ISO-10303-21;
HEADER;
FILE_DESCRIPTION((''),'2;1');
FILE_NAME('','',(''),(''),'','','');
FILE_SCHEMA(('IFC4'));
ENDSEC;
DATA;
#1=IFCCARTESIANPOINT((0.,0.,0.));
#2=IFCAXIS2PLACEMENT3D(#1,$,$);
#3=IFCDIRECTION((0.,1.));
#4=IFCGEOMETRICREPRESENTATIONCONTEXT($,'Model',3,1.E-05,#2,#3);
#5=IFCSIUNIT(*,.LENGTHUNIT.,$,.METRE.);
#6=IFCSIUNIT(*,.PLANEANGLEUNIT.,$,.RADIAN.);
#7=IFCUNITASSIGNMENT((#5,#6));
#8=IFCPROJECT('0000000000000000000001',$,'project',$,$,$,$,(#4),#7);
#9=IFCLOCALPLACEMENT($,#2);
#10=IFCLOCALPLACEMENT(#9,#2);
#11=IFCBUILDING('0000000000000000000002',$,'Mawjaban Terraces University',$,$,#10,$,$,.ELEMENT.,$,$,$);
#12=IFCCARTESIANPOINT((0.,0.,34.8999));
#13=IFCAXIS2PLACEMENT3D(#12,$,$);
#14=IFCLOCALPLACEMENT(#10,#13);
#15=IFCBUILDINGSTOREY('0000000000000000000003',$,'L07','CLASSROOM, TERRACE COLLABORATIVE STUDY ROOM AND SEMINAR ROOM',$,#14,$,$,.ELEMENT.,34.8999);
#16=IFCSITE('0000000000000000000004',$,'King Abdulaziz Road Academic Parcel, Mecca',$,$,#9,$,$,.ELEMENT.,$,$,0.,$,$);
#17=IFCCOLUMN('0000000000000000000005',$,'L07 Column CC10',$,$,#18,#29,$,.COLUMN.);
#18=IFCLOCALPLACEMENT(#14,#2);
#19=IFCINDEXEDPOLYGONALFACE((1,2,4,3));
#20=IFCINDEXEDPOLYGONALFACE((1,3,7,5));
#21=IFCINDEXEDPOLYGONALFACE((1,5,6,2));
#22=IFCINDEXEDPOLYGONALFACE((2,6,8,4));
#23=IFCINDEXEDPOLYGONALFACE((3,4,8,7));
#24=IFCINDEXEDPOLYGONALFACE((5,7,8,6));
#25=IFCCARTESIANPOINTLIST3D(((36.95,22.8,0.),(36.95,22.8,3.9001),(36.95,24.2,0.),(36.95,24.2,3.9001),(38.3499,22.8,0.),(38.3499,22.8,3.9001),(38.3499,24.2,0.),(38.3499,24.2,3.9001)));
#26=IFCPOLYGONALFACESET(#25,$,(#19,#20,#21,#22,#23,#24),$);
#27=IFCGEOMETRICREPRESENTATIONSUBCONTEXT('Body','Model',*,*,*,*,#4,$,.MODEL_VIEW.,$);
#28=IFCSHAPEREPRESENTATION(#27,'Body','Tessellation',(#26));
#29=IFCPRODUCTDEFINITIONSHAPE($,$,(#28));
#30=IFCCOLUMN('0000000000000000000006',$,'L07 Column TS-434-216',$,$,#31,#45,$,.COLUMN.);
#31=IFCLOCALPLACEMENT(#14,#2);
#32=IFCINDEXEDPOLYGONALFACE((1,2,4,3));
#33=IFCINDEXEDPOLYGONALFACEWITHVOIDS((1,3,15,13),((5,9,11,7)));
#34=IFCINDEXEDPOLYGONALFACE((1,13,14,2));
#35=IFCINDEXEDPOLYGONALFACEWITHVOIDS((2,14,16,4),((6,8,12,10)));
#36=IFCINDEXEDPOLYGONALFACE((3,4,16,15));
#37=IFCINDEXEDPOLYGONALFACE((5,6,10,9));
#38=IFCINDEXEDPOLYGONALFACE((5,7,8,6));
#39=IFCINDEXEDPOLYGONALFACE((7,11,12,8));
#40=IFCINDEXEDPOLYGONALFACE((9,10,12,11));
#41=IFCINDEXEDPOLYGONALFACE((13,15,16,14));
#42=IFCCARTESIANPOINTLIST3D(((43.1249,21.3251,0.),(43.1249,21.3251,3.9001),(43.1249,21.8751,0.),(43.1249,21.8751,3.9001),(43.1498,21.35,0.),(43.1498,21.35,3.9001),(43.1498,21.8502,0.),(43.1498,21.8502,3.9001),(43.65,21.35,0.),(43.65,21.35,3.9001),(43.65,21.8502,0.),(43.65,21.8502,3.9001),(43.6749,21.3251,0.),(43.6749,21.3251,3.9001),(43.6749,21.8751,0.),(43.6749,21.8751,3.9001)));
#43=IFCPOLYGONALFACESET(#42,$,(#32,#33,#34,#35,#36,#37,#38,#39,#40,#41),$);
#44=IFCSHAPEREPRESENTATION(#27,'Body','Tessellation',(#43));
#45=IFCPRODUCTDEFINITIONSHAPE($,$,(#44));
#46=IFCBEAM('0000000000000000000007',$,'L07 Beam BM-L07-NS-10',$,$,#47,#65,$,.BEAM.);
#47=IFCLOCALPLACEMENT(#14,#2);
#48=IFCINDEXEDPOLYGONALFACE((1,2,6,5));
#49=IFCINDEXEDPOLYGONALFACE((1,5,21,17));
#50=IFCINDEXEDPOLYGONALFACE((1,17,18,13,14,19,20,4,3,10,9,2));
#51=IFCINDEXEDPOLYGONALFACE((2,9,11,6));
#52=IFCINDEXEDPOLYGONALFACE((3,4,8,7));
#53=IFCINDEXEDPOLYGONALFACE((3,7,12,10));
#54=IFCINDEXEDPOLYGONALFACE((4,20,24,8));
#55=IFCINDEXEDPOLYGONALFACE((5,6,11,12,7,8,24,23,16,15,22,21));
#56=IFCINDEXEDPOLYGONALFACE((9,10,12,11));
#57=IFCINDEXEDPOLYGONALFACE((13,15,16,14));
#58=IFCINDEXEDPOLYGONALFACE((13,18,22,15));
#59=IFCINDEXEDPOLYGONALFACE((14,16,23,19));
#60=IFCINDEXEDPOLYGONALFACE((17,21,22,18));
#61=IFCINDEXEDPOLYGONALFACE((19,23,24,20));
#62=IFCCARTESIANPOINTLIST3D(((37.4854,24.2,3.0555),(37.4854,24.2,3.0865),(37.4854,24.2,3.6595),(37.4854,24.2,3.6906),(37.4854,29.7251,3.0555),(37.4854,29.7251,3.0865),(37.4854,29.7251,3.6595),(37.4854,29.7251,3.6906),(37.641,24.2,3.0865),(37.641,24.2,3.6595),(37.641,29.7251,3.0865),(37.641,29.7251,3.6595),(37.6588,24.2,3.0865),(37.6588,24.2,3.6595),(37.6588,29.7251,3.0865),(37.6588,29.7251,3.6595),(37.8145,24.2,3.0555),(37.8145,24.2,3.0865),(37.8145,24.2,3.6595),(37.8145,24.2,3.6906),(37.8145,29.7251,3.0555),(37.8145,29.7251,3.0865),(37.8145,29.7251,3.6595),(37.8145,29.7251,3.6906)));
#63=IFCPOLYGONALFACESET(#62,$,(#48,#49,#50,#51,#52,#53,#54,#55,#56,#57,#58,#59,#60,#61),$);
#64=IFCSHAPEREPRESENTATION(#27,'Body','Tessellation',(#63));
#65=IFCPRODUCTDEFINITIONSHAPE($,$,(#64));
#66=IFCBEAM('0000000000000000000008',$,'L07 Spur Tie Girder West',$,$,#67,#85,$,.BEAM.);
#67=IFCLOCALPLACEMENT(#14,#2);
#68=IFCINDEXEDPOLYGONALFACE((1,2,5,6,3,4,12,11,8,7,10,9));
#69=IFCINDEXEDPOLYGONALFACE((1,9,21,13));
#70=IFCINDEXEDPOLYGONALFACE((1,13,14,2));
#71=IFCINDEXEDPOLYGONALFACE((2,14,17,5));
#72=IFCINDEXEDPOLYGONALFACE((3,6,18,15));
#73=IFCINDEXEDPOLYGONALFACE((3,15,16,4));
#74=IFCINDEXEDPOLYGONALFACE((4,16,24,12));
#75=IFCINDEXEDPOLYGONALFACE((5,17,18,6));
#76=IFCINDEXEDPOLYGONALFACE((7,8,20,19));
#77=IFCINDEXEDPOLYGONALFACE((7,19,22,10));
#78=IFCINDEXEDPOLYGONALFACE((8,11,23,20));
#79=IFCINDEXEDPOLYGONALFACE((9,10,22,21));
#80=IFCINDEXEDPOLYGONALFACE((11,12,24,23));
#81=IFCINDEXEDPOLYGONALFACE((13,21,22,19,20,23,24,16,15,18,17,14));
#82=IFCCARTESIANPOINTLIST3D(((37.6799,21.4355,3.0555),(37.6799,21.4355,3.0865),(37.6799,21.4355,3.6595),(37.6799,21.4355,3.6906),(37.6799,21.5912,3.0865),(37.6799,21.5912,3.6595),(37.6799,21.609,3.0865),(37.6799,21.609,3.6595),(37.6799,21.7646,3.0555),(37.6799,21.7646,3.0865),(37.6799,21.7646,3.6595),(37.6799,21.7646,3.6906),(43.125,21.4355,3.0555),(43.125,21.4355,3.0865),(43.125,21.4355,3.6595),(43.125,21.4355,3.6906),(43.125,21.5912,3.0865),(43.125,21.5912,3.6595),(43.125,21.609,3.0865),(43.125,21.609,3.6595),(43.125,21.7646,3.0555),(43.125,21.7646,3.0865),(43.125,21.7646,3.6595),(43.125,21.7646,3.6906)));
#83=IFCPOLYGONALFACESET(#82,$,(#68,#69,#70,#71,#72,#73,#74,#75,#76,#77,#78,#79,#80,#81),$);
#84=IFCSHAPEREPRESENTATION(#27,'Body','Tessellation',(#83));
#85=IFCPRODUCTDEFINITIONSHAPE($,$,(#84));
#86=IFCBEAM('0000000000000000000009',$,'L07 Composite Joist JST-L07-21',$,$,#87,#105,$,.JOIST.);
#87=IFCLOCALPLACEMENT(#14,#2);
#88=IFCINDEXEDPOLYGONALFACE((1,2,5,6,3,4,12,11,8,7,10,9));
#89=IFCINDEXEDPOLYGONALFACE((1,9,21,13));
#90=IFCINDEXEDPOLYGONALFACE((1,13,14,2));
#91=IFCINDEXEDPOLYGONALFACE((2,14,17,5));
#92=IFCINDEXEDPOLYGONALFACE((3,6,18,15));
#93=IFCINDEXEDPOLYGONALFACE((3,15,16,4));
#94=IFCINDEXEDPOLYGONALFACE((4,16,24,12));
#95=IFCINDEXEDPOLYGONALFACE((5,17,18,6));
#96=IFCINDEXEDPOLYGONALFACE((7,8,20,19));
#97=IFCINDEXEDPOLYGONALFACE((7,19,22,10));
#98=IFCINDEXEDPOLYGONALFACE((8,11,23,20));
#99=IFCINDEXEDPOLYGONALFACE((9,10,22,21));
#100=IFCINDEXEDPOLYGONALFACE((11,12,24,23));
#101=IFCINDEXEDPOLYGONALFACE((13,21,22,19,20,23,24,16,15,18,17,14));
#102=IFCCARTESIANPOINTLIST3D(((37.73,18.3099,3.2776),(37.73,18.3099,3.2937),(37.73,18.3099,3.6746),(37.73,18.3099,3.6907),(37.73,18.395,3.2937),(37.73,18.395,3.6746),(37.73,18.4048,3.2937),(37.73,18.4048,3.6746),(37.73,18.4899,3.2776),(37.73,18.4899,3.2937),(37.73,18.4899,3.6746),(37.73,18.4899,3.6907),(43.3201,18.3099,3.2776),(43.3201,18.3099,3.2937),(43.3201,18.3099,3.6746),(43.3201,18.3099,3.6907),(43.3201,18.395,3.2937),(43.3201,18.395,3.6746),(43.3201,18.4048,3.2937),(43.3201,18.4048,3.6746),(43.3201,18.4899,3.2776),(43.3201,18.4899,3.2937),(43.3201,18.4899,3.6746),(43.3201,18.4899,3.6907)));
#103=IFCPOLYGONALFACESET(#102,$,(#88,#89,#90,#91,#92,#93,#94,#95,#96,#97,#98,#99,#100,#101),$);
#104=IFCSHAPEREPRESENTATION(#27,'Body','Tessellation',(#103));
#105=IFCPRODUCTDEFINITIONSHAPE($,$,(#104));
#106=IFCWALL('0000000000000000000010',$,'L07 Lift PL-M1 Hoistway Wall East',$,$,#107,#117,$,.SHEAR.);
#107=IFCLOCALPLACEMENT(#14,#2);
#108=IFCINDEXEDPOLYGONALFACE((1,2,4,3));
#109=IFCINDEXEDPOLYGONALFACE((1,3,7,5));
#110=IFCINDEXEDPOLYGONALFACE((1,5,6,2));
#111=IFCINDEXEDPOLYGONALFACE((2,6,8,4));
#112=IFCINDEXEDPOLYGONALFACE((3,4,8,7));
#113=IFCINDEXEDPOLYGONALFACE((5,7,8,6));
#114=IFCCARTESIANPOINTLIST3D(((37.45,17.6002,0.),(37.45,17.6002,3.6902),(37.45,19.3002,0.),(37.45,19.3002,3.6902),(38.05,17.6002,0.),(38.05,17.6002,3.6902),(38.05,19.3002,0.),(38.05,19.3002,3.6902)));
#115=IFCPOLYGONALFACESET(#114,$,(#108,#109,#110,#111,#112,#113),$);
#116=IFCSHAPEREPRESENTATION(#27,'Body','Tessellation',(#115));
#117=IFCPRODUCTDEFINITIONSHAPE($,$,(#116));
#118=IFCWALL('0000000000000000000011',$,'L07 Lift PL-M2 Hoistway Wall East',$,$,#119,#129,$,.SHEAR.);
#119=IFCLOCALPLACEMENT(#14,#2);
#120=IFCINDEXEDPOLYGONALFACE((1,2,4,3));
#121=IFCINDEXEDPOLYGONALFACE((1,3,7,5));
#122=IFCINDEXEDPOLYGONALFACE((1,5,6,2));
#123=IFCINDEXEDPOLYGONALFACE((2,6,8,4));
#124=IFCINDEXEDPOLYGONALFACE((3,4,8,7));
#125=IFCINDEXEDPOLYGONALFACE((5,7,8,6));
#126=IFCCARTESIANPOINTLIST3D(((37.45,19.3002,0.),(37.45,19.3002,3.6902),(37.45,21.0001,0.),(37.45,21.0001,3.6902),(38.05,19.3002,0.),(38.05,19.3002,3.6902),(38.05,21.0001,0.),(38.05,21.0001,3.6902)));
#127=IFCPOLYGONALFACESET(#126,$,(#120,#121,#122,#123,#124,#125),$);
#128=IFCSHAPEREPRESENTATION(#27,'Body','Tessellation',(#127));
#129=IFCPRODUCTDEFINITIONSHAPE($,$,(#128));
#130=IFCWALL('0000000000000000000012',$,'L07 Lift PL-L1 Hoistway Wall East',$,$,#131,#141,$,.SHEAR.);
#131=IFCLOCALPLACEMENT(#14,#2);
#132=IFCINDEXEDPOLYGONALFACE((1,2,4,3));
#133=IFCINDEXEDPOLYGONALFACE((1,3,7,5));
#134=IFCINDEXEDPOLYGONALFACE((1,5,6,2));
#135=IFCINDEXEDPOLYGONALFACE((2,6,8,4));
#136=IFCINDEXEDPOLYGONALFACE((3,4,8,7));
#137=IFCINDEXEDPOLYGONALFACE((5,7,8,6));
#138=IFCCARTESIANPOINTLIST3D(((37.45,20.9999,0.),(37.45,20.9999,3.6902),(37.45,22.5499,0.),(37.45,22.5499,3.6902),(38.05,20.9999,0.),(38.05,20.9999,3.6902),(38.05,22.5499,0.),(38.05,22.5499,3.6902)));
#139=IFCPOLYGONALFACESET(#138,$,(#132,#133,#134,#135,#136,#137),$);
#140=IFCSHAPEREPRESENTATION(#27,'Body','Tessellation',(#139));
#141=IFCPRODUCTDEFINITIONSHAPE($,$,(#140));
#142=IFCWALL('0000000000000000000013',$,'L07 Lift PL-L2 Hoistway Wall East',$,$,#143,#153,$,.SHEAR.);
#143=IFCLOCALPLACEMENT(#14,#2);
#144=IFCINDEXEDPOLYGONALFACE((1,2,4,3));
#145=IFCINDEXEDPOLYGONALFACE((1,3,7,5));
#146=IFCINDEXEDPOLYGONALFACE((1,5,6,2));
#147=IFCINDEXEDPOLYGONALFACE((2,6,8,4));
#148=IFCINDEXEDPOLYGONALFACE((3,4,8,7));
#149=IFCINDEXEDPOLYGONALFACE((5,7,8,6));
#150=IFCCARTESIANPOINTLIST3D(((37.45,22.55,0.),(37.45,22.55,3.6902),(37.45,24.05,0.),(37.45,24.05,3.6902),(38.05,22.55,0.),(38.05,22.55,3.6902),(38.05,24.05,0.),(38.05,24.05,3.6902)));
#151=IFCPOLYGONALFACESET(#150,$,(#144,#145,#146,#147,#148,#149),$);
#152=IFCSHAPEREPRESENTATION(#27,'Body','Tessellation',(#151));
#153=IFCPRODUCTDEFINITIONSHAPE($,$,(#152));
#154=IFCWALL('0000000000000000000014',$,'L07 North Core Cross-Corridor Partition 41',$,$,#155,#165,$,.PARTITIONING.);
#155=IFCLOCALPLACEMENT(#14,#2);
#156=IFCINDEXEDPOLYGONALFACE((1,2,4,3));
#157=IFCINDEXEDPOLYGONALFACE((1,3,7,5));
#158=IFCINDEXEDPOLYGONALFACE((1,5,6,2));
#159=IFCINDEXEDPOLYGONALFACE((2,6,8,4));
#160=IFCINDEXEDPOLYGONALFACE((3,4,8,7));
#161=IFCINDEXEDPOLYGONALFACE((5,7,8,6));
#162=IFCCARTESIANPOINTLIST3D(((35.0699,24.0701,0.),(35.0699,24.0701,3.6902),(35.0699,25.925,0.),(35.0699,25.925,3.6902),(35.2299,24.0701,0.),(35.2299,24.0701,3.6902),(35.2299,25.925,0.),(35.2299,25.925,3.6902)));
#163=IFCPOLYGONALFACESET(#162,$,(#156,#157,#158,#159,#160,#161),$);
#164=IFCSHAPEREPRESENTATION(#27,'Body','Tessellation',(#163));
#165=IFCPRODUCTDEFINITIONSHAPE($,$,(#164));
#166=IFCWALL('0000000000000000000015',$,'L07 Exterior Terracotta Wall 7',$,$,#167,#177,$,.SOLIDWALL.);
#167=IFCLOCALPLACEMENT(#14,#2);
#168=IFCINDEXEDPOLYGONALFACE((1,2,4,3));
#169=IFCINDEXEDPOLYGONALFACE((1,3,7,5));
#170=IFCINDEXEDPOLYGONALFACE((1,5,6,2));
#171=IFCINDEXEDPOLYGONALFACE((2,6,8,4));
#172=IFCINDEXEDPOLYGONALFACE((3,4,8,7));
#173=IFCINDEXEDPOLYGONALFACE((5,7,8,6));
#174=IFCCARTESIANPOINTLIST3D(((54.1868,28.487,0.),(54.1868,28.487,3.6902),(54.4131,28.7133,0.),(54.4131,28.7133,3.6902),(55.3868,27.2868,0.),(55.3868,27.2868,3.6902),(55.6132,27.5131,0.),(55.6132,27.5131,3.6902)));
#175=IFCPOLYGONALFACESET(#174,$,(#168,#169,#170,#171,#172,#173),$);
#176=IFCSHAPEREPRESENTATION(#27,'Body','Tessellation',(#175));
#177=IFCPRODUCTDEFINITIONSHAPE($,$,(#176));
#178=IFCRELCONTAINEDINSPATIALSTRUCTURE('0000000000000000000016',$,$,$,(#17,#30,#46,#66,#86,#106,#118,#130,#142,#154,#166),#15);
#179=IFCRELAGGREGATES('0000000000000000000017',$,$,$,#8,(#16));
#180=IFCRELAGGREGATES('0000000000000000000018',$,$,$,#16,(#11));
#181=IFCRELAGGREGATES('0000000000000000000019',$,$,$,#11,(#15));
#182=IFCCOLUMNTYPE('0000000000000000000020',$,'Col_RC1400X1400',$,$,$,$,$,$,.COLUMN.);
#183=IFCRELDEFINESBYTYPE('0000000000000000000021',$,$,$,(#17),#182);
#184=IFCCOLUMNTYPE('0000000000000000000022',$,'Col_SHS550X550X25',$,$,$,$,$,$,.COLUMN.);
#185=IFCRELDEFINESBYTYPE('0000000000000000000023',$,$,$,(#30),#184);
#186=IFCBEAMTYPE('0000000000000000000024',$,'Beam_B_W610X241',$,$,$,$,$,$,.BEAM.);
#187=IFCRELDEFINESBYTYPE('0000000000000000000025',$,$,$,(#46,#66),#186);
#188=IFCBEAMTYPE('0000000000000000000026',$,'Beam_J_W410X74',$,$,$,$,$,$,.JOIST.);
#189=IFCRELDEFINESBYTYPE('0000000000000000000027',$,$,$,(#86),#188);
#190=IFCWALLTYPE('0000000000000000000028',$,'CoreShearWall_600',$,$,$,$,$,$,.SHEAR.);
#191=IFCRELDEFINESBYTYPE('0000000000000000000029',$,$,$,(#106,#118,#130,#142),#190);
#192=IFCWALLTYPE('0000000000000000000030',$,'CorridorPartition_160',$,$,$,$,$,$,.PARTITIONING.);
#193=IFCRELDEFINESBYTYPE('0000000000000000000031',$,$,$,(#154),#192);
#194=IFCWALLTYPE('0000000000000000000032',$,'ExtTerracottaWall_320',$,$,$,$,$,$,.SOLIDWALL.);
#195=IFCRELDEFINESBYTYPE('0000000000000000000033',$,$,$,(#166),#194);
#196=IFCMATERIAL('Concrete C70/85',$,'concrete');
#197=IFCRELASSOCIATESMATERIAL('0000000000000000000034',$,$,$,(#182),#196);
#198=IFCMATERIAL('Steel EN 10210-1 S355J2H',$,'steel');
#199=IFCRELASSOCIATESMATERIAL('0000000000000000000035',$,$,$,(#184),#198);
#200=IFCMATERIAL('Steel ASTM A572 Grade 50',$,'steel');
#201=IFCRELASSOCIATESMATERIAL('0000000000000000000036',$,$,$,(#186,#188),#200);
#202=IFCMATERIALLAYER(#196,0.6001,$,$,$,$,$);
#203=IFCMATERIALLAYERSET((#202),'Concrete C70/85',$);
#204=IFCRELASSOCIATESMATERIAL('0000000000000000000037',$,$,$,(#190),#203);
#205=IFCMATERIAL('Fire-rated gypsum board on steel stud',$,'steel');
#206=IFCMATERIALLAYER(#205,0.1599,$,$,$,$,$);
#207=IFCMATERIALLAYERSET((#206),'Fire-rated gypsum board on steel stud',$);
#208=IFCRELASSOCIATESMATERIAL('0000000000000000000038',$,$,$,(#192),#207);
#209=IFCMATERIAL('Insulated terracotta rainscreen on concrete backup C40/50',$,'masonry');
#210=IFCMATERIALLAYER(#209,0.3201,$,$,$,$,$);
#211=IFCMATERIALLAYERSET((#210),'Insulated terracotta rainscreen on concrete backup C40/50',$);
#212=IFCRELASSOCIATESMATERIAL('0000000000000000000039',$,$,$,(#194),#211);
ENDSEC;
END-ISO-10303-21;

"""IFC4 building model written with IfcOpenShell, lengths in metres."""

from ifc_helpers import new_model, si_unit, direction, frame, frame_2d, origin, origin_2d, place, context, subcontext, project, spatial, rectangle, hollow_rectangle, i_section, extrude, material, layer, layer_set, material_profile, profile_set, type_object, element, save


model = new_model("IFC4")

# Units and contexts
model_context = context("Model", 3, precision=1e-05, world=origin(), true_north=direction((0.0, 1.0)))
body_context = subcontext(model_context, "Body", "Model", "MODEL_VIEW")
ifc_project = project(units=[si_unit("LENGTHUNIT", "METRE"), si_unit("PLANEANGLEUNIT", "RADIAN")], contexts=[model_context])

# Site, building, storey
site_placement = place(None, origin())
site = spatial("IfcSite", under=ifc_project, at=site_placement, Name="King Abdulaziz Road Academic Parcel, Mecca", CompositionType="ELEMENT", RefElevation=0.0)
building_placement = place(site_placement, origin())
building = spatial("IfcBuilding", under=site, at=building_placement, Name="Mawjaban Terraces University", CompositionType="ELEMENT")
storey_placement = place(building_placement, frame((0.0, 0.0, 34.8999)))
storey = spatial("IfcBuildingStorey", under=building, at=storey_placement, Name="L07", Description="CLASSROOM, TERRACE COLLABORATIVE STUDY ROOM AND SEMINAR ROOM", CompositionType="ELEMENT", Elevation=34.8999)

# Columns
ifc_material_1 = material(Name="Concrete C70/85", Category="concrete")
ifc_material_profile_1 = material_profile(ifc_material_1, rectangle(XDim=1.3999, YDim=1.3999, at=origin_2d()), Name="RC1400X1400")
ifc_profile_set_1 = profile_set([ifc_material_profile_1], Name="Concrete C70/85")
column_type_1 = type_object("IfcColumnType", Name="Col_RC1400X1400", PredefinedType="COLUMN", material=ifc_profile_set_1)
column_1_placement = place(storey_placement, frame((37.6499, 23.5, 0.0), z_axis=(0.0, 0.0, 1.0), x_axis=(1.0, 0.0, 0.0)))
element("IfcColumn", 1, at=column_1_placement, inside=storey, type_object=column_type_1, Name="L07 Column CC10", PredefinedType="COLUMN", context=body_context, shape_type="SweptSolid", body=[
    extrude(rectangle(XDim=1.3999, YDim=1.3999, at=origin_2d()), origin(), (0.0, 0.0, 1.0), 3.9001),
])
ifc_material_2 = material(Name="Steel EN 10210-1 S355J2H", Category="steel")
ifc_material_profile_2 = material_profile(ifc_material_2, hollow_rectangle(XDim=0.55, YDim=0.55, WallThickness=0.0249, at=origin_2d()), Name="SHS550X550X25")
ifc_profile_set_2 = profile_set([ifc_material_profile_2], Name="Steel EN 10210-1 S355J2H")
column_type_2 = type_object("IfcColumnType", Name="Col_SHS550X550X25", PredefinedType="COLUMN", material=ifc_profile_set_2)
column_2_placement = place(storey_placement, frame((43.3999, 21.6001, 0.0), z_axis=(0.0, 0.0, 1.0), x_axis=(1.0, 0.0, 0.0)))
element("IfcColumn", 2, at=column_2_placement, inside=storey, type_object=column_type_2, Name="L07 Column TS-434-216", PredefinedType="COLUMN", context=body_context, shape_type="SweptSolid", body=[
    extrude(hollow_rectangle(XDim=0.55, YDim=0.55, WallThickness=0.0249, at=origin_2d()), origin(), (0.0, 0.0, 1.0), 3.9001),
])

# Beams
ifc_material_3 = material(Name="Steel ASTM A572 Grade 50", Category="steel")
ifc_material_profile_3 = material_profile(ifc_material_3, i_section(OverallWidth=0.3291, OverallDepth=0.635, WebThickness=0.0178, FlangeThickness=0.031, at=origin_2d()), Name="W610X241")
ifc_profile_set_3 = profile_set([ifc_material_profile_3], Name="Steel ASTM A572 Grade 50")
beam_type_1 = type_object("IfcBeamType", Name="Beam_B_W610X241", PredefinedType="BEAM", material=ifc_profile_set_3)
beam_1_placement = place(storey_placement, frame((37.6499, 24.2, 3.373), z_axis=(0.0, 1.0, 0.0), x_axis=(-1.0, 0.0, 0.0)))
element("IfcBeam", 3, at=beam_1_placement, inside=storey, type_object=beam_type_1, Name="L07 Beam BM-L07-NS-10", PredefinedType="BEAM", context=body_context, shape_type="SweptSolid", body=[
    extrude(i_section(OverallWidth=0.3291, OverallDepth=0.635, WebThickness=0.0178, FlangeThickness=0.031, at=origin_2d()), origin(), (0.0, 0.0, 1.0), 5.5251),
])
beam_2_placement = place(storey_placement, frame((37.6799, 21.6001, 3.373), z_axis=(1.0, 0.0, 0.0), x_axis=(0.0, 1.0, 0.0)))
element("IfcBeam", 4, at=beam_2_placement, inside=storey, type_object=beam_type_1, Name="L07 Spur Tie Girder West", PredefinedType="BEAM", context=body_context, shape_type="SweptSolid", body=[
    extrude(i_section(OverallWidth=0.3291, OverallDepth=0.635, WebThickness=0.0178, FlangeThickness=0.031, at=origin_2d()), origin(), (0.0, 0.0, 1.0), 5.4451),
])
ifc_material_profile_4 = material_profile(ifc_material_3, i_section(OverallWidth=0.1799, OverallDepth=0.4131, WebThickness=0.0098, FlangeThickness=0.0161, at=origin_2d()), Name="W410X74")
ifc_profile_set_4 = profile_set([ifc_material_profile_4], Name="Steel ASTM A572 Grade 50")
beam_type_2 = type_object("IfcBeamType", Name="Beam_J_W410X74", PredefinedType="JOIST", material=ifc_profile_set_4)
beam_3_placement = place(storey_placement, frame((37.73, 18.3999, 3.4841), z_axis=(1.0, 0.0, 0.0), x_axis=(0.0, 1.0, 0.0)))
element("IfcBeam", 5, at=beam_3_placement, inside=storey, type_object=beam_type_2, Name="L07 Composite Joist JST-L07-21", PredefinedType="JOIST", context=body_context, shape_type="SweptSolid", body=[
    extrude(i_section(OverallWidth=0.1799, OverallDepth=0.4131, WebThickness=0.0098, FlangeThickness=0.0161, at=origin_2d()), origin(), (0.0, 0.0, 1.0), 5.5901),
])

# Walls
ifc_layer_1 = layer(ifc_material_1, 0.6001)
ifc_layer_set_1 = layer_set([ifc_layer_1], Name="Concrete C70/85")
wall_type_1 = type_object("IfcWallType", Name="CoreShearWall_600", PredefinedType="SHEAR", material=ifc_layer_set_1)
for number, where, z_axis, x_axis, name in (
    (6, (37.75, 17.6001, 0.0), (0.0, 0.0, 1.0), (0.0, 1.0, 0.0), "L07 Lift PL-M1 Hoistway Wall East"),
    (7, (37.75, 19.3, 0.0), (0.0, 0.0, 1.0), (0.0, 1.0, 0.0), "L07 Lift PL-M2 Hoistway Wall East"),
):
    element("IfcWall", number, at=place(storey_placement, frame(where, z_axis=z_axis, x_axis=x_axis)), inside=storey, type_object=wall_type_1, Name=name, PredefinedType="SHEAR", context=body_context, shape_type="SweptSolid", body=[
        extrude(rectangle(XDim=1.7, YDim=0.6001, at=frame_2d((0.8501, 0.0))), origin(), (0.0, 0.0, 1.0), 3.6902),
    ])
wall_1_placement = place(storey_placement, frame((37.75, 21.0, 0.0), z_axis=(0.0, 0.0, 1.0), x_axis=(0.0, 1.0, 0.0)))
element("IfcWall", 8, at=wall_1_placement, inside=storey, type_object=wall_type_1, Name="L07 Lift PL-L1 Hoistway Wall East", PredefinedType="SHEAR", context=body_context, shape_type="SweptSolid", body=[
    extrude(rectangle(XDim=1.55, YDim=0.6001, at=frame_2d((0.7749, 0.0))), origin(), (0.0, 0.0, 1.0), 3.6902),
])
wall_2_placement = place(storey_placement, frame((37.75, 22.55, 0.0), z_axis=(0.0, 0.0, 1.0), x_axis=(0.0, 1.0, 0.0)))
element("IfcWall", 9, at=wall_2_placement, inside=storey, type_object=wall_type_1, Name="L07 Lift PL-L2 Hoistway Wall East", PredefinedType="SHEAR", context=body_context, shape_type="SweptSolid", body=[
    extrude(rectangle(XDim=1.5, YDim=0.6001, at=frame_2d((0.75, 0.0))), origin(), (0.0, 0.0, 1.0), 3.6902),
])
ifc_material_4 = material(Name="Fire-rated gypsum board on steel stud", Category="steel")
ifc_layer_2 = layer(ifc_material_4, 0.1599)
ifc_layer_set_2 = layer_set([ifc_layer_2], Name="Fire-rated gypsum board on steel stud")
wall_type_2 = type_object("IfcWallType", Name="CorridorPartition_160", PredefinedType="PARTITIONING", material=ifc_layer_set_2)
wall_3_placement = place(storey_placement, frame((35.1499, 24.0701, 0.0), z_axis=(0.0, 0.0, 1.0), x_axis=(0.0, 1.0, 0.0)))
element("IfcWall", 10, at=wall_3_placement, inside=storey, type_object=wall_type_2, Name="L07 North Core Cross-Corridor Partition 41", PredefinedType="PARTITIONING", context=body_context, shape_type="SweptSolid", body=[
    extrude(rectangle(XDim=1.855, YDim=0.1599, at=frame_2d((0.9275, 0.0))), origin(), (0.0, 0.0, 1.0), 3.6902),
])
ifc_material_5 = material(Name="Insulated terracotta rainscreen on concrete backup C40/50", Category="masonry")
ifc_layer_3 = layer(ifc_material_5, 0.3201)
ifc_layer_set_3 = layer_set([ifc_layer_3], Name="Insulated terracotta rainscreen on concrete backup C40/50")
wall_type_3 = type_object("IfcWallType", Name="ExtTerracottaWall_320", PredefinedType="SOLIDWALL", material=ifc_layer_set_3)
wall_4_placement = place(storey_placement, frame((55.5, 27.3999, 0.0), z_axis=(0.0, 0.0, 1.0), x_axis=(-0.707035, 0.707179, 0.0)))
element("IfcWall", 11, at=wall_4_placement, inside=storey, type_object=wall_type_3, Name="L07 Exterior Terracotta Wall 7", PredefinedType="SOLIDWALL", context=body_context, shape_type="SweptSolid", body=[
    extrude(rectangle(XDim=1.6973, YDim=0.3201, at=frame_2d((0.8486, 0.0))), origin(), (0.0, 0.0, 1.0), 3.6902),
])

save(model, "model.ifc")
